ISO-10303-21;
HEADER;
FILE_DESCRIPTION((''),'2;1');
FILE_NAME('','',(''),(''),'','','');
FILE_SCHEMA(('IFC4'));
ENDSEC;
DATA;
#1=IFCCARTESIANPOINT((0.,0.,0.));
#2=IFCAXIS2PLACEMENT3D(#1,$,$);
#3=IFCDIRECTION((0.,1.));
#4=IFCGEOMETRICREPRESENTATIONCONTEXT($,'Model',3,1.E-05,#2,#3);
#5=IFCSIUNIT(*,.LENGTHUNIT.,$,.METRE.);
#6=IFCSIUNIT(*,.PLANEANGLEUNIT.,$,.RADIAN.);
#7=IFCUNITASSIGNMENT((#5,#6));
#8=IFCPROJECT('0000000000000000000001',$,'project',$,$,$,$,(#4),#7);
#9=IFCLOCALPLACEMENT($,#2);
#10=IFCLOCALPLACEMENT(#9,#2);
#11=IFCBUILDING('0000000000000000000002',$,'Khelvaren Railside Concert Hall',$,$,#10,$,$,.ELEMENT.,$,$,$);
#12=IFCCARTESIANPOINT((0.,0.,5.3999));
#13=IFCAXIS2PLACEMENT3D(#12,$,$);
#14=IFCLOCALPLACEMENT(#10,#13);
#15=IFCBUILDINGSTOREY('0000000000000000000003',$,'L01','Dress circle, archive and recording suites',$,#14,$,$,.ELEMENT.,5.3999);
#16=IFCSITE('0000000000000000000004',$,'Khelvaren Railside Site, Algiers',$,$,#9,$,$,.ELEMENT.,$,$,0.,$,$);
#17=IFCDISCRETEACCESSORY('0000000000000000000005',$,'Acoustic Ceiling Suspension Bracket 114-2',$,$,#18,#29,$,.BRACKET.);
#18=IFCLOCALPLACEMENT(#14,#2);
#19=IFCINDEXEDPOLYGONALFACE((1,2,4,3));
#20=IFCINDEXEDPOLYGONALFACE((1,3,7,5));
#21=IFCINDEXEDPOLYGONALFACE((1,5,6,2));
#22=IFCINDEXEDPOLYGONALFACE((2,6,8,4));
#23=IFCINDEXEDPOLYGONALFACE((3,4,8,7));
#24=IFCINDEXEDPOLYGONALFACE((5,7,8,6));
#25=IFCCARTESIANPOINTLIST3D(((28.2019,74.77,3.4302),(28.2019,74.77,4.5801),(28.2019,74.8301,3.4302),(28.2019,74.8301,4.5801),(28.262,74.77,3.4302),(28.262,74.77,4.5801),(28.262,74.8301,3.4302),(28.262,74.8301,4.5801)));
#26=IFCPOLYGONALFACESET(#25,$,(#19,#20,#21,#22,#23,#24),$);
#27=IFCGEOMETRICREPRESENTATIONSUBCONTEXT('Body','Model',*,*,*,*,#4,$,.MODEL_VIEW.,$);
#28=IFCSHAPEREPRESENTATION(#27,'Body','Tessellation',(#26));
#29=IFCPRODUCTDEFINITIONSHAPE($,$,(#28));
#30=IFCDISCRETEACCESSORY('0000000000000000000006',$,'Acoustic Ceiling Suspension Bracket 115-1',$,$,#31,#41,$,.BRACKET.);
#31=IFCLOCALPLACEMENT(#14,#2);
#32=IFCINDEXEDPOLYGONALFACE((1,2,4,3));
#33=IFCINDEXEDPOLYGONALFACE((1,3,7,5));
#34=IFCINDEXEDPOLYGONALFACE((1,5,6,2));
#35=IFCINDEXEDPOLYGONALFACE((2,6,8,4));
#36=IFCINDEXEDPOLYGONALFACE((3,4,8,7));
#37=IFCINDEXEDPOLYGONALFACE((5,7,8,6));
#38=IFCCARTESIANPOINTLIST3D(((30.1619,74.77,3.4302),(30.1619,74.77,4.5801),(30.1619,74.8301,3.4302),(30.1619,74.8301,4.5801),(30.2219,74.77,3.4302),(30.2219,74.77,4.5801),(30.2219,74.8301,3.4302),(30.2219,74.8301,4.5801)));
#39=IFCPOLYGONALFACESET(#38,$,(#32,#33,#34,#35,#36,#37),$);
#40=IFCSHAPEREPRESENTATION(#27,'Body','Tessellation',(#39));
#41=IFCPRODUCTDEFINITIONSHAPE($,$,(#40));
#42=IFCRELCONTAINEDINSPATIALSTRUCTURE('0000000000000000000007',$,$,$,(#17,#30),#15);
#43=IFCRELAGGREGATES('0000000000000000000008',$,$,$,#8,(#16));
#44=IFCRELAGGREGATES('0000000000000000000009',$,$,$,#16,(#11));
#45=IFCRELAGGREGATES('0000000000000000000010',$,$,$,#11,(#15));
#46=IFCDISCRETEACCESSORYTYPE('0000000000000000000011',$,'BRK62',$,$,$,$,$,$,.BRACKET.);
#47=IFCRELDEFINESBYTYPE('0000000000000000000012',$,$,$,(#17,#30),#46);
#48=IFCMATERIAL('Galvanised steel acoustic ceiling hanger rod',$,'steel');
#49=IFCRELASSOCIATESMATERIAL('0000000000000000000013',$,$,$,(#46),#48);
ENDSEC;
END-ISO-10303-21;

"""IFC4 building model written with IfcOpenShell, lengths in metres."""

from ifc_helpers import new_model, si_unit, direction, frame, origin, origin_2d, place, context, subcontext, project, spatial, rectangle, extrude, material, type_object, element, save


model = new_model("IFC4")

# Units and contexts
model_context = context("Model", 3, precision=1e-05, world=origin(), true_north=direction((0.0, 1.0)))
body_context = subcontext(model_context, "Body", "Model", "MODEL_VIEW")
ifc_project = project(units=[si_unit("LENGTHUNIT", "METRE"), si_unit("PLANEANGLEUNIT", "RADIAN")], contexts=[model_context])

# Site, building, storey
site_placement = place(None, origin())
site = spatial("IfcSite", under=ifc_project, at=site_placement, Name="Khelvaren Railside Site, Algiers", CompositionType="ELEMENT", RefElevation=0.0)
building_placement = place(site_placement, origin())
building = spatial("IfcBuilding", under=site, at=building_placement, Name="Khelvaren Railside Concert Hall", CompositionType="ELEMENT")
storey_placement = place(building_placement, frame((0.0, 0.0, 5.3999)))
storey = spatial("IfcBuildingStorey", under=building, at=storey_placement, Name="L01", Description="Dress circle, archive and recording suites", CompositionType="ELEMENT", Elevation=5.3999)

# Discrete accessories
ifc_material_1 = material(Name="Galvanised steel acoustic ceiling hanger rod", Category="steel")
discrete_accessory_type = type_object("IfcDiscreteAccessoryType", Name="BRK62", PredefinedType="BRACKET", material=ifc_material_1)
for number, where, z_axis, x_axis, name in (
    (1, (28.2319, 74.8, 3.4302), (0.0, 0.0, 1.0), (1.0, 0.0, 0.0), "Acoustic Ceiling Suspension Bracket 114-2"),
    (2, (30.1919, 74.8, 3.4302), (0.0, 0.0, 1.0), (1.0, 0.0, 0.0), "Acoustic Ceiling Suspension Bracket 115-1"),
):
    element("IfcDiscreteAccessory", number, at=place(storey_placement, frame(where, z_axis=z_axis, x_axis=x_axis)), inside=storey, type_object=discrete_accessory_type, Name=name, PredefinedType="BRACKET", context=body_context, shape_type="SweptSolid", body=[
        extrude(rectangle(XDim=0.0601, YDim=0.0601, at=origin_2d()), origin(), (0.0, 0.0, 1.0), 1.1499),
    ])

save(model, "model.ifc")
